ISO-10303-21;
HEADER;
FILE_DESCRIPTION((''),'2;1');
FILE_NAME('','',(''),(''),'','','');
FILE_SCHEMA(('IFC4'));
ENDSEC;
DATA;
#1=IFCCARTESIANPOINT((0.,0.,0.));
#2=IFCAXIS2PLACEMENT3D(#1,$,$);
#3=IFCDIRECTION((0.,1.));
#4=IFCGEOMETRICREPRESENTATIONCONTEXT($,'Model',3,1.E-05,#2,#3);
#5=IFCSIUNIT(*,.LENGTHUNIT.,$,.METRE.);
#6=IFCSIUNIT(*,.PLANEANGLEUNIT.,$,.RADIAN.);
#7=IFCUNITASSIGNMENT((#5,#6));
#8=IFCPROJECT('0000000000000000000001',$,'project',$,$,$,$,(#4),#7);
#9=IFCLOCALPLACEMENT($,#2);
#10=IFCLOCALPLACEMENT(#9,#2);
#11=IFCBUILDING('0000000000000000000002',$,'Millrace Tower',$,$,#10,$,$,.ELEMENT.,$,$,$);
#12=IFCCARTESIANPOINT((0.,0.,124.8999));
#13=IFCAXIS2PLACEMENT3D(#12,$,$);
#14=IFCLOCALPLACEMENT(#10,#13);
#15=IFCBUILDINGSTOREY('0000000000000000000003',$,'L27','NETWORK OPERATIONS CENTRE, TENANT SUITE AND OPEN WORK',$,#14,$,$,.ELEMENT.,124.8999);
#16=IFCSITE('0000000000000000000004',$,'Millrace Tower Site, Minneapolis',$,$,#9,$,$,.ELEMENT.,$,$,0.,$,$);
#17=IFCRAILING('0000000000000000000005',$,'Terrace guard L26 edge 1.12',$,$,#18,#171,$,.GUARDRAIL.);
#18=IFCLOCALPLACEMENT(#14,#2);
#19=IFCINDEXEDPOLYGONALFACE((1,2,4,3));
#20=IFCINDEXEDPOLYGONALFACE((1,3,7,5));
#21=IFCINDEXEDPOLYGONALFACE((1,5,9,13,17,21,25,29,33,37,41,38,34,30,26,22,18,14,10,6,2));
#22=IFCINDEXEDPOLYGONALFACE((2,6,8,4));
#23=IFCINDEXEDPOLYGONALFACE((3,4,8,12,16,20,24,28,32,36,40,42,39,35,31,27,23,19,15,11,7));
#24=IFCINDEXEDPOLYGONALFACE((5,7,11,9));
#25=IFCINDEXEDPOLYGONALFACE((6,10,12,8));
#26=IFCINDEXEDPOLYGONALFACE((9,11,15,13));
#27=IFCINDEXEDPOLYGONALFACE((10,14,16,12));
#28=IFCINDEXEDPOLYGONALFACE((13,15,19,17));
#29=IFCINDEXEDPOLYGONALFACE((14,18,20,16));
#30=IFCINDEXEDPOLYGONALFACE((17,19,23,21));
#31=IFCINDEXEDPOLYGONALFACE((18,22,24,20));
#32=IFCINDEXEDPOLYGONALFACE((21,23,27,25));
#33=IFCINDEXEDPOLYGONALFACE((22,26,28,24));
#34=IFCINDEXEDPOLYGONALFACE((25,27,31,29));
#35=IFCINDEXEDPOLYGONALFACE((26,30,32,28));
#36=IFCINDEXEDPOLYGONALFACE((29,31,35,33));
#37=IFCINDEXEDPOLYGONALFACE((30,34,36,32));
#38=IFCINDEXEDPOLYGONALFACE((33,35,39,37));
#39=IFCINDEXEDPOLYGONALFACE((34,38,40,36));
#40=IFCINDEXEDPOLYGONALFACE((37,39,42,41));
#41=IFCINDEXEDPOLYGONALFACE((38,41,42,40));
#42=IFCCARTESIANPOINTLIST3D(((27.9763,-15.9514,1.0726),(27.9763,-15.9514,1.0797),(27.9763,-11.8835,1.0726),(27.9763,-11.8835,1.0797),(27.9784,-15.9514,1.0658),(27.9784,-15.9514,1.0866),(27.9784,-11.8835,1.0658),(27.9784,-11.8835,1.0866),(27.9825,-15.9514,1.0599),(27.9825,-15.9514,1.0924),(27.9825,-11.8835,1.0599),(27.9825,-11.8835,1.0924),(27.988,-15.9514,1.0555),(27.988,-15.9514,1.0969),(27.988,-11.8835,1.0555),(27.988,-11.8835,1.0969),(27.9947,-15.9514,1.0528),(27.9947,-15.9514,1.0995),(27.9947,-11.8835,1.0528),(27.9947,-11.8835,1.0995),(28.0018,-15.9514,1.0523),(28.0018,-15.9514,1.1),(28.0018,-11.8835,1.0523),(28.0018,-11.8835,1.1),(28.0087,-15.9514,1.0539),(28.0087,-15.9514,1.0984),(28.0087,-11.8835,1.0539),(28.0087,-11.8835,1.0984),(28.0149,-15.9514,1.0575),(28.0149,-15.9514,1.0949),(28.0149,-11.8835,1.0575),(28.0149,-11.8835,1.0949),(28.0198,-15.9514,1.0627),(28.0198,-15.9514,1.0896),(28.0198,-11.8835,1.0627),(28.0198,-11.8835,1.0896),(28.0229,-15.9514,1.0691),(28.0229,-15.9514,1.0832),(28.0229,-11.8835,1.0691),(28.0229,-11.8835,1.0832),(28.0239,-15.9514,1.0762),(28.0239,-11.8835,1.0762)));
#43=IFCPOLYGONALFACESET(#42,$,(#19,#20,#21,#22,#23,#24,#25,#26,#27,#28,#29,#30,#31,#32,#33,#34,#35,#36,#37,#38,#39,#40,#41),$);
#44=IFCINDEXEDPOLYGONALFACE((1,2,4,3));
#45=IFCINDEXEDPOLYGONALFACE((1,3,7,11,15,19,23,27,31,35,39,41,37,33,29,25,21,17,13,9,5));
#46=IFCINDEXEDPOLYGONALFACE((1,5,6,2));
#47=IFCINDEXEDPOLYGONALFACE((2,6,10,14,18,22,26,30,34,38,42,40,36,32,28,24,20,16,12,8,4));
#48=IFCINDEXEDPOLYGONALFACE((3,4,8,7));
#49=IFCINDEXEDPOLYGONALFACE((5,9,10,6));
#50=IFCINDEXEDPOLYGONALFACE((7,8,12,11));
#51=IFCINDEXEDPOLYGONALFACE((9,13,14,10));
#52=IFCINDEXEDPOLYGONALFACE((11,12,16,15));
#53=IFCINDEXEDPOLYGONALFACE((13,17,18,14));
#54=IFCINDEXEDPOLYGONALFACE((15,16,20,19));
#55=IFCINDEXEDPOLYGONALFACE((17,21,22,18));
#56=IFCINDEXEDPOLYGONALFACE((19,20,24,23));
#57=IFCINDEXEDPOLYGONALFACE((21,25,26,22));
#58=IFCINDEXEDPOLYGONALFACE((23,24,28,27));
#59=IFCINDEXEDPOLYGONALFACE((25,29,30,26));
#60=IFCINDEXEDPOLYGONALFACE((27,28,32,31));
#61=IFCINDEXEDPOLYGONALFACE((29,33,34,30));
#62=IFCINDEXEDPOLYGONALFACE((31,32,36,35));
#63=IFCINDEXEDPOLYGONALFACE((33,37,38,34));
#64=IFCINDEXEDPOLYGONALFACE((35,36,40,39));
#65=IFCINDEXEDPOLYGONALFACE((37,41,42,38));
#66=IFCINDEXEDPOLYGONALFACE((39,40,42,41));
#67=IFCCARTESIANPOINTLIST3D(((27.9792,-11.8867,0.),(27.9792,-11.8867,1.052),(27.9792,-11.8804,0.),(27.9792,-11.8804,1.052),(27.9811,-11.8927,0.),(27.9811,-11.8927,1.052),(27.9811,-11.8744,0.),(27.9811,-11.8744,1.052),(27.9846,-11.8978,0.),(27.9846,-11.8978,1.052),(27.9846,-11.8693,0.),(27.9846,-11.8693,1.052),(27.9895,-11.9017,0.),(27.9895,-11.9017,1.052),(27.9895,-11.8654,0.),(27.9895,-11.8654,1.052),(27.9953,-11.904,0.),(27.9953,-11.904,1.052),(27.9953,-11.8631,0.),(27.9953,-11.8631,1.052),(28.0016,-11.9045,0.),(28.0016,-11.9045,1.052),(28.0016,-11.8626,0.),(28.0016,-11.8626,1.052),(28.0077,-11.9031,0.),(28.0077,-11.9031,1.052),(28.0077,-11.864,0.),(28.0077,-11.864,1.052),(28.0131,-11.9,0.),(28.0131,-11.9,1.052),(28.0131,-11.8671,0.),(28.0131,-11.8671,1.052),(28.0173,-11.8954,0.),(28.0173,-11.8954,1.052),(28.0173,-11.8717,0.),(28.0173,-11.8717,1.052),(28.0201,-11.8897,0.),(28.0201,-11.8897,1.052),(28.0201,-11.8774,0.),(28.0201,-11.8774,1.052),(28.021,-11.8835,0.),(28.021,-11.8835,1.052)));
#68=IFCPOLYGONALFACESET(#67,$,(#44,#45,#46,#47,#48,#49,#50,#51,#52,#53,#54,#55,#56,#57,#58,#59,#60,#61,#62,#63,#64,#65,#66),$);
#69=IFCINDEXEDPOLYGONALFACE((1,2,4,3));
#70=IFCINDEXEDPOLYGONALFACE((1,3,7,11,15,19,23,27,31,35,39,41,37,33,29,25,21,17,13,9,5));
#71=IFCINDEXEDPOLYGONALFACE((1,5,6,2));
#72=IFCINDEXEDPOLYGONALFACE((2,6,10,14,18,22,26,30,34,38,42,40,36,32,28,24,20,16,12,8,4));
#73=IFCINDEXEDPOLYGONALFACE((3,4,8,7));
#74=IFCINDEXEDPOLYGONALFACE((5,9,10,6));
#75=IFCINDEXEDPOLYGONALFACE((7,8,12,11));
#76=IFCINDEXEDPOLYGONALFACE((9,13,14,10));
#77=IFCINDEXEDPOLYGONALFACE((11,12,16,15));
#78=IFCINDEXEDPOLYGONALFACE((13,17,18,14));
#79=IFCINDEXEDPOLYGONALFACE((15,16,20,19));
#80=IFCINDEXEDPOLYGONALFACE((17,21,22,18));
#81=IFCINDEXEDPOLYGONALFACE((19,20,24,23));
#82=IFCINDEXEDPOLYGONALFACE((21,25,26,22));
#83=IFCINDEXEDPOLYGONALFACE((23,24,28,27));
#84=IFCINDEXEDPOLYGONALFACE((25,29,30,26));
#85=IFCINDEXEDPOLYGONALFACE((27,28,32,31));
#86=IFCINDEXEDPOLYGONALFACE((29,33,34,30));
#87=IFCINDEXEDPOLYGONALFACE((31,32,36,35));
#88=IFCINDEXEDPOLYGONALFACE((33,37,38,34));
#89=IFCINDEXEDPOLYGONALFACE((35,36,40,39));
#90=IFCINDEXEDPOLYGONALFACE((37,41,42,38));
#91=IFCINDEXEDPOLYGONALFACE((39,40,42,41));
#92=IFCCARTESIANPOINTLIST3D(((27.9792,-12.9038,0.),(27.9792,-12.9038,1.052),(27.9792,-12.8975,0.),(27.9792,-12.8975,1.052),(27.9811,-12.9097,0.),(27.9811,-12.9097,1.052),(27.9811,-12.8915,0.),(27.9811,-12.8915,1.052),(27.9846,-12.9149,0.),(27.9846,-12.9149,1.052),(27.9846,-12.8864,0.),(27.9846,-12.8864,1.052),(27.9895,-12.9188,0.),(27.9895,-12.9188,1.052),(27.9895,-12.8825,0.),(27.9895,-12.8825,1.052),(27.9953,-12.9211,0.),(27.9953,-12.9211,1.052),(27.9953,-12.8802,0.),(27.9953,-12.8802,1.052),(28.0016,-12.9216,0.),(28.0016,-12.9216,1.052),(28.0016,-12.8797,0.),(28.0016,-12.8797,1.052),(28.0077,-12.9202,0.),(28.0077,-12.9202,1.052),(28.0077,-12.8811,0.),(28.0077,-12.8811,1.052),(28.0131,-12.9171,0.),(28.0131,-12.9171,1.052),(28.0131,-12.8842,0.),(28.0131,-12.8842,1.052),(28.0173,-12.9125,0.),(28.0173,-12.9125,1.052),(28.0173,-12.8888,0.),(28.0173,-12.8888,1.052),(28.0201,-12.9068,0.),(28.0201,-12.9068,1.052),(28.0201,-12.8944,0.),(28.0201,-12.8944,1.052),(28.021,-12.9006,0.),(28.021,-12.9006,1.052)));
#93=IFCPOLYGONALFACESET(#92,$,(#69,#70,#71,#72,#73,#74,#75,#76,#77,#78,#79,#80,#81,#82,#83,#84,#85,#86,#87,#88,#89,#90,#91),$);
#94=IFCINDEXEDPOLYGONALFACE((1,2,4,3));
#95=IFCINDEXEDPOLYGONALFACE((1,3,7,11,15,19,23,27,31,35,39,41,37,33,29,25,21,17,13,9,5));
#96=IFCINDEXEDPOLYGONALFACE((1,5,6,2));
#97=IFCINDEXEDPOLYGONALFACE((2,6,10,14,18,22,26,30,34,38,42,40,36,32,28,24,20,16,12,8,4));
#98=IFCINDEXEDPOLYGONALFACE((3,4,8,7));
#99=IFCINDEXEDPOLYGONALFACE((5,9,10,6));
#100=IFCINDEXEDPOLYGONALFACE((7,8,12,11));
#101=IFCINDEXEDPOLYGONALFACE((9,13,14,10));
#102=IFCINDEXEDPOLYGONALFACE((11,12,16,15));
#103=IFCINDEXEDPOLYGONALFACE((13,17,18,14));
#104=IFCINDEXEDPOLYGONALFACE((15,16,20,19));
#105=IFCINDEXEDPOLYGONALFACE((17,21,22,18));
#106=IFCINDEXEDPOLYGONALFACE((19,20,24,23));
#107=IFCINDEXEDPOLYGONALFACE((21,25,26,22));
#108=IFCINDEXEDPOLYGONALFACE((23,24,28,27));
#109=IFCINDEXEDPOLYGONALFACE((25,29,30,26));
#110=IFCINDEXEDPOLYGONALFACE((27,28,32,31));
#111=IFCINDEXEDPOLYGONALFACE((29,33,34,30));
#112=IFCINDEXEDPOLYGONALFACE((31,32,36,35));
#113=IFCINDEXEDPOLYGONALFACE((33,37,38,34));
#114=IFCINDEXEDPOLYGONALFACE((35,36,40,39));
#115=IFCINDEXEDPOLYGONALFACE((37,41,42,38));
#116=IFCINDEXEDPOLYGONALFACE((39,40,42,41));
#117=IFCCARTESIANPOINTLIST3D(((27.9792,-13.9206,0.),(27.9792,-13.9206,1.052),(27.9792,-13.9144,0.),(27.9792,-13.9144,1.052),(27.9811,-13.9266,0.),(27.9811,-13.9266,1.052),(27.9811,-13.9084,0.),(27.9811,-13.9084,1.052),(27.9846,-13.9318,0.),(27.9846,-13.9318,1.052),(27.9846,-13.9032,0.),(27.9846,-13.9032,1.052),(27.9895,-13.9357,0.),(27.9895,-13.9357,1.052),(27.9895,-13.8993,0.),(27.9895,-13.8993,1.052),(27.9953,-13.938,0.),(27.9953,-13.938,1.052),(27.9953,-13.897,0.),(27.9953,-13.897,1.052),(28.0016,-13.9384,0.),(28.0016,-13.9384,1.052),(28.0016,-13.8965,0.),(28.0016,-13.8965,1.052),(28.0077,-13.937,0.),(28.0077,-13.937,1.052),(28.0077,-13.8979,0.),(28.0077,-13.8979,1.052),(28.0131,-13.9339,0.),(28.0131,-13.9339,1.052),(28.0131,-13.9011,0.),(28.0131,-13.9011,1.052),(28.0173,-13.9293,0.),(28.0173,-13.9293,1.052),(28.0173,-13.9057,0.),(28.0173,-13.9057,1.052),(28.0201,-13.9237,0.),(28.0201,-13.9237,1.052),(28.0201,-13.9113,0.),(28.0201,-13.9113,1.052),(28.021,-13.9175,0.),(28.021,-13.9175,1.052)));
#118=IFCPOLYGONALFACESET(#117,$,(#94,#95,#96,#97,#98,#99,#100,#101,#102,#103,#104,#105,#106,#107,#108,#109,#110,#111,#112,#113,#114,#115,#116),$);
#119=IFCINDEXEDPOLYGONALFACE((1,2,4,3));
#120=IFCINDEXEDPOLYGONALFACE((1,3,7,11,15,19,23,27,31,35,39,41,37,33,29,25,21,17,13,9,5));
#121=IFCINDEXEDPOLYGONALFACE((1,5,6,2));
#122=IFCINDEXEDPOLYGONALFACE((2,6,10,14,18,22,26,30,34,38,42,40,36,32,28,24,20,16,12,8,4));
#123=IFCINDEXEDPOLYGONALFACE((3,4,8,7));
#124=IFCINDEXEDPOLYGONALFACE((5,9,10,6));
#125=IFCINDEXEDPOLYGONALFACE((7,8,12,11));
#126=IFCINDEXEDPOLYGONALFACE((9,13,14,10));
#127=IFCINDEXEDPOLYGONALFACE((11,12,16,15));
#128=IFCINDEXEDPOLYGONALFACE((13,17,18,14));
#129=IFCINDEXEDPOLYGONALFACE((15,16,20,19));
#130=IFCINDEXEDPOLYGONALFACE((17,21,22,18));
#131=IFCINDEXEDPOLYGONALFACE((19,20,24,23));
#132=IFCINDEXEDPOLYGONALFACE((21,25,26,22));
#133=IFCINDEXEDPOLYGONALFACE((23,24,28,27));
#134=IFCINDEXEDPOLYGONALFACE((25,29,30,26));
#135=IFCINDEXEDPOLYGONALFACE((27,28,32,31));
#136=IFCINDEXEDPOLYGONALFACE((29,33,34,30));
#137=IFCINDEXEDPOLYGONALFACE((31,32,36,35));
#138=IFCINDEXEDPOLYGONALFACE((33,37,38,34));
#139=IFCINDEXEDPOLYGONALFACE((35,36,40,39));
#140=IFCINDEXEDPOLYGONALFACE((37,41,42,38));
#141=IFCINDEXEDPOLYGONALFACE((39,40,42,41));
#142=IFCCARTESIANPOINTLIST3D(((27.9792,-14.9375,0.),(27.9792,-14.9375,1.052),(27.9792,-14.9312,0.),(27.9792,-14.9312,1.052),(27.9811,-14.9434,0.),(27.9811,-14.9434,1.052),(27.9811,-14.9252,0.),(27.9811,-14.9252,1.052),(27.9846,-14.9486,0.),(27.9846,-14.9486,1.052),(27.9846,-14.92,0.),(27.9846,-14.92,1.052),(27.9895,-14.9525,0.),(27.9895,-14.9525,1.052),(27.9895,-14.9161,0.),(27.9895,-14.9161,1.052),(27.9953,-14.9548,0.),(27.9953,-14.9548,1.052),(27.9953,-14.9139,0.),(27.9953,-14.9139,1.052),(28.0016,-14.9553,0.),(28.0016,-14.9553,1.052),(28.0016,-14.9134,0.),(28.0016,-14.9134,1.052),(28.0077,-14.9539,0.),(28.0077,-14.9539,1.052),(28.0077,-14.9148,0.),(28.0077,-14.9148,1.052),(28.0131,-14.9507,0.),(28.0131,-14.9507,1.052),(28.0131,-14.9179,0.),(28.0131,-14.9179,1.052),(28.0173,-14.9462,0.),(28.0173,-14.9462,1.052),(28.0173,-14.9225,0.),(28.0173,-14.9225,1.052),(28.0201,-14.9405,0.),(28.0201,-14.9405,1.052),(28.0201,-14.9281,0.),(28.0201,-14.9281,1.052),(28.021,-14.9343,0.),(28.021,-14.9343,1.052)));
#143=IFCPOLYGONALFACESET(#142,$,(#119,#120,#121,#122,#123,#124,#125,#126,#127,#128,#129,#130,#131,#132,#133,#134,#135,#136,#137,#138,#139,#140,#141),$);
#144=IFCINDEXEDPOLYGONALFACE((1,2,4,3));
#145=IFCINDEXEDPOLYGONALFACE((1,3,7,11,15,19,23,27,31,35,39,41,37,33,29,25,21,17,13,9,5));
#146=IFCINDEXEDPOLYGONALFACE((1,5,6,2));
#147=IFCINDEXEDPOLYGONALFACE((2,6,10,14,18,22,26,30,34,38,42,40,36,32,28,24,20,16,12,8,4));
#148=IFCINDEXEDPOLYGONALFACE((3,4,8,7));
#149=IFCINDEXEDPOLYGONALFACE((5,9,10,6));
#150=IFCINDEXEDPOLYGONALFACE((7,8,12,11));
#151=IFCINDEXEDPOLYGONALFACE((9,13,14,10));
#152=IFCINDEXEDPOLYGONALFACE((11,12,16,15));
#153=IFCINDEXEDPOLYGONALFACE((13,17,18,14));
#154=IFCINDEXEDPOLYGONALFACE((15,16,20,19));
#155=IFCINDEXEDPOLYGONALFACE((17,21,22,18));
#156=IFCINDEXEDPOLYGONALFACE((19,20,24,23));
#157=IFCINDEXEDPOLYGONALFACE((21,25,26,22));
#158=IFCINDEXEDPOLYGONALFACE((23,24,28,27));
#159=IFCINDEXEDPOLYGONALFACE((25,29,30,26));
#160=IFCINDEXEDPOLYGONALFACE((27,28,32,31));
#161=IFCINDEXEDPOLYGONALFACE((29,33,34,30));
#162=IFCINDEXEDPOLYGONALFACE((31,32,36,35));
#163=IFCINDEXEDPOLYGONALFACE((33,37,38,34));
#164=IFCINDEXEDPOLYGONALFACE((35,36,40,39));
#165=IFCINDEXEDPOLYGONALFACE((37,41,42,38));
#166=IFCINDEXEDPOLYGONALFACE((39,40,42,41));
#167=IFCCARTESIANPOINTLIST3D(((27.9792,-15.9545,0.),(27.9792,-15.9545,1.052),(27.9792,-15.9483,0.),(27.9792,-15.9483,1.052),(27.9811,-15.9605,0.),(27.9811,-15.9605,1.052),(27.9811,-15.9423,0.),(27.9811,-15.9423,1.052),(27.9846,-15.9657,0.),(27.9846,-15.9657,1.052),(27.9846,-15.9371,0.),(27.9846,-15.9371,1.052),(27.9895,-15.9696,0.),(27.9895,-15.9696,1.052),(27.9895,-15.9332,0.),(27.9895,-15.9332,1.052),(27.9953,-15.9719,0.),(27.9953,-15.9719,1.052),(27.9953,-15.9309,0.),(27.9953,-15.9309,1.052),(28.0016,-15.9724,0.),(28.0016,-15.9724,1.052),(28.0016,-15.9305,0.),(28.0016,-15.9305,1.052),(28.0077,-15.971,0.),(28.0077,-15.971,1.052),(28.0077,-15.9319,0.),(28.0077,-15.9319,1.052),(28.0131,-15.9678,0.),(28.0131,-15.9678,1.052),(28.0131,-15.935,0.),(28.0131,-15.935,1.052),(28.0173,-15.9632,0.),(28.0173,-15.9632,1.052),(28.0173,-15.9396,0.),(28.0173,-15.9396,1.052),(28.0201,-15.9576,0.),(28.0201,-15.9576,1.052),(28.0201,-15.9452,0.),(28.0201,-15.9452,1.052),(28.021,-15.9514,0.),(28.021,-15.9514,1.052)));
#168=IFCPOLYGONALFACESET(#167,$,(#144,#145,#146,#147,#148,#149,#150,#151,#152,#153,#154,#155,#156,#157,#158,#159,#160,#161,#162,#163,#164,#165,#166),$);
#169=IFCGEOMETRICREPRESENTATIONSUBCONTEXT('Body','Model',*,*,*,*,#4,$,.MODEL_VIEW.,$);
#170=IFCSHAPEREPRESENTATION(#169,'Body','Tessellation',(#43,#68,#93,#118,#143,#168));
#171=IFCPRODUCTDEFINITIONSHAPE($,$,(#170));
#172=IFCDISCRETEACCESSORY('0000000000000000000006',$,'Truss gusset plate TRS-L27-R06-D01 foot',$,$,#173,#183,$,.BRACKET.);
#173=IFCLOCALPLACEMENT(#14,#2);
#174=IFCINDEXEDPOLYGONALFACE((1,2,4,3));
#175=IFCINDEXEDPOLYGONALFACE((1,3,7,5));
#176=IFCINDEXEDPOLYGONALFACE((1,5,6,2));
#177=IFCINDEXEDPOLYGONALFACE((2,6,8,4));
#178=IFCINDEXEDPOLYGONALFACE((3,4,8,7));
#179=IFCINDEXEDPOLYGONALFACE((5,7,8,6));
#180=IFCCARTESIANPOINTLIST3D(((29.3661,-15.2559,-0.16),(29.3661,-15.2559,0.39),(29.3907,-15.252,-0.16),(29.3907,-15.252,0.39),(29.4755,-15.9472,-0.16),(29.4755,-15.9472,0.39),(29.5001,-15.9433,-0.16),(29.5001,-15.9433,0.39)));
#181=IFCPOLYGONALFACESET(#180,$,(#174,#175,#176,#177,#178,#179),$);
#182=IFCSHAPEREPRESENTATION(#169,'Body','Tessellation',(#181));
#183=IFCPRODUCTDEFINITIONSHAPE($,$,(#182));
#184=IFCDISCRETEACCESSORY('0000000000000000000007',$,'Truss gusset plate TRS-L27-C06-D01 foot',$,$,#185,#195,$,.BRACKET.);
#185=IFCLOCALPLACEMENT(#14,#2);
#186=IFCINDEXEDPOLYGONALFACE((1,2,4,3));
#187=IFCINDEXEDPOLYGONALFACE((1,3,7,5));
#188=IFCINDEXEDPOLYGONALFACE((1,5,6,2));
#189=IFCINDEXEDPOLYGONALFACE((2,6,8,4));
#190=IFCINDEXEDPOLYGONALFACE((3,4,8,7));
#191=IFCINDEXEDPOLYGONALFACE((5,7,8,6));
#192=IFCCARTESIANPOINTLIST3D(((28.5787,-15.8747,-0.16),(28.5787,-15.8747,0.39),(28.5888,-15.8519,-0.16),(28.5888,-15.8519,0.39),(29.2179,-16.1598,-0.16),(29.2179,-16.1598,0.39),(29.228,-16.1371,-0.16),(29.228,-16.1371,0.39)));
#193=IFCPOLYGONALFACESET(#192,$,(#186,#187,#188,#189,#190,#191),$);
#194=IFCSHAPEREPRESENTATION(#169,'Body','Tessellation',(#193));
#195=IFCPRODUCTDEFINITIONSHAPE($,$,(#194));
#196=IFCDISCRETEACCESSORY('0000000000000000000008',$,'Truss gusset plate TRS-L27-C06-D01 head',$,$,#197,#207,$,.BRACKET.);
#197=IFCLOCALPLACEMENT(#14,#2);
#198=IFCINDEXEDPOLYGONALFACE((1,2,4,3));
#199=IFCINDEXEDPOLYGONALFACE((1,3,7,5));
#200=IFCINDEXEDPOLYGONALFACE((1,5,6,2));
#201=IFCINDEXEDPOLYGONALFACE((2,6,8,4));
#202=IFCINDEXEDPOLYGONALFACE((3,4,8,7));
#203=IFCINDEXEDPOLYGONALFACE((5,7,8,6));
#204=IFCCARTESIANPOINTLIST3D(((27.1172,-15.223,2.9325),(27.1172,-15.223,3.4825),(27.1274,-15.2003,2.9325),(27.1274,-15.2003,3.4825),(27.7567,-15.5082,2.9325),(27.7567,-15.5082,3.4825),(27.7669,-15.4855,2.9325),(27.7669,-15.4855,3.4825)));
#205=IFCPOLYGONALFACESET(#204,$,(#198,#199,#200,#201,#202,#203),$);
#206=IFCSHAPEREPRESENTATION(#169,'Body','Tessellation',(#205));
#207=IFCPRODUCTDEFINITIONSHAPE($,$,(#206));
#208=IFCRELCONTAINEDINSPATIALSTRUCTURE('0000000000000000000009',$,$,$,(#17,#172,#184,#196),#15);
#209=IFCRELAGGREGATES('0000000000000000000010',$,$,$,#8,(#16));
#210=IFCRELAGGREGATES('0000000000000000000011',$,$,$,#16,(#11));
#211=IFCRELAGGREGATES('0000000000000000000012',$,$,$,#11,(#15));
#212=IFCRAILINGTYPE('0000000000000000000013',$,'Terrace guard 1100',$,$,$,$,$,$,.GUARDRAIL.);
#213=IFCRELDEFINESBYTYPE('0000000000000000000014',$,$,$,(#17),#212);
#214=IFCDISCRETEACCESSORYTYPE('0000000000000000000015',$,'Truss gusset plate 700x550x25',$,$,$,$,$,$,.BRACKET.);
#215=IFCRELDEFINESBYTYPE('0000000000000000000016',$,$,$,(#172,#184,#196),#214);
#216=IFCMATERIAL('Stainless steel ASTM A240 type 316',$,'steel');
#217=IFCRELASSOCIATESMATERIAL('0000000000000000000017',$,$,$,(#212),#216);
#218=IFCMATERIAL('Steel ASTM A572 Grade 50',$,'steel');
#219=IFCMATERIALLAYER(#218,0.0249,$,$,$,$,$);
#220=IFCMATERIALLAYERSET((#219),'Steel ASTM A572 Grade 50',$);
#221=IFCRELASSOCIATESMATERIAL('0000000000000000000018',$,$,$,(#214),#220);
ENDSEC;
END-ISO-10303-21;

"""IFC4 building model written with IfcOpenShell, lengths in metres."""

from ifc_helpers import new_model, si_unit, direction, frame, origin, origin_2d, place, context, subcontext, project, spatial, rectangle, circle, extrude, material, layer, layer_set, type_object, element, save


model = new_model("IFC4")

# Units and contexts
model_context = context("Model", 3, precision=1e-05, world=origin(), true_north=direction((0.0, 1.0)))
body_context = subcontext(model_context, "Body", "Model", "MODEL_VIEW")
ifc_project = project(units=[si_unit("LENGTHUNIT", "METRE"), si_unit("PLANEANGLEUNIT", "RADIAN")], contexts=[model_context])

# Site, building, storey
site_placement = place(None, origin())
site = spatial("IfcSite", under=ifc_project, at=site_placement, Name="Millrace Tower Site, Minneapolis", CompositionType="ELEMENT", RefElevation=0.0)
building_placement = place(site_placement, origin())
building = spatial("IfcBuilding", under=site, at=building_placement, Name="Millrace Tower", CompositionType="ELEMENT")
storey_placement = place(building_placement, frame((0.0, 0.0, 124.8999)))
storey = spatial("IfcBuildingStorey", under=building, at=storey_placement, Name="L27", Description="NETWORK OPERATIONS CENTRE, TENANT SUITE AND OPEN WORK", CompositionType="ELEMENT", Elevation=124.8999)

# Railing
ifc_material_1 = material(Name="Stainless steel ASTM A240 type 316", Category="steel")
railing_type = type_object("IfcRailingType", Name="Terrace guard 1100", PredefinedType="GUARDRAIL", material=ifc_material_1)
railing_placement = place(storey_placement, frame((28.0, -11.8835, 0.0)))
element("IfcRailing", 1, at=railing_placement, inside=storey, type_object=railing_type, Name="Terrace guard L26 edge 1.12", PredefinedType="GUARDRAIL", context=body_context, shape_type="SweptSolid", body=[
    extrude(circle(Radius=0.0239, at=origin_2d()), frame((0.0, 0.0, 1.0762), z_axis=(0.0, -1.0, 0.0), x_axis=(1.0, 0.0, 0.0)), (0.0, 0.0, 1.0), 4.0679),
    extrude(circle(Radius=0.021, at=origin_2d()), origin(), (0.0, 0.0, 1.0), 1.052),
    extrude(circle(Radius=0.021, at=origin_2d()), frame((0.0, -1.0171, 0.0)), (0.0, 0.0, 1.0), 1.052),
    extrude(circle(Radius=0.021, at=origin_2d()), frame((0.0, -2.0339, 0.0)), (0.0, 0.0, 1.0), 1.052),
    extrude(circle(Radius=0.021, at=origin_2d()), frame((0.0, -3.0508, 0.0)), (0.0, 0.0, 1.0), 1.052),
    extrude(circle(Radius=0.021, at=origin_2d()), frame((0.0, -4.0679, 0.0)), (0.0, 0.0, 1.0), 1.052),
])

# Discrete accessories
ifc_material_2 = material(Name="Steel ASTM A572 Grade 50", Category="steel")
ifc_layer_1 = layer(ifc_material_2, 0.0249)
ifc_layer_set_1 = layer_set([ifc_layer_1], Name="Steel ASTM A572 Grade 50")
discrete_accessory_type = type_object("IfcDiscreteAccessoryType", Name="Truss gusset plate 700x550x25", PredefinedType="BRACKET", material=ifc_layer_set_1)
for number, where, z_axis, x_axis, name in (
    (2, (29.3784, -15.2539, 0.115), (0.156249, -0.987718, 0.0), (0.987718, 0.156249, 0.0), "Truss gusset plate TRS-L27-R06-D01 foot"),
    (3, (28.5837, -15.8633, 0.115), (0.913235, -0.407433, 0.0), (0.407433, 0.913235, 0.0), "Truss gusset plate TRS-L27-C06-D01 foot"),
):
    element("IfcDiscreteAccessory", number, at=place(storey_placement, frame(where, z_axis=z_axis, x_axis=x_axis)), inside=storey, type_object=discrete_accessory_type, Name=name, PredefinedType="BRACKET", context=body_context, shape_type="SweptSolid", body=[
        extrude(rectangle(XDim=0.0249, YDim=0.55, at=origin_2d()), origin(), (0.0, 0.0, 1.0), 0.7),
    ])
discrete_accessory_placement = place(storey_placement, frame((27.1223, -15.2117, 3.2075), z_axis=(0.913293, -0.407303, 0.0), x_axis=(0.407303, 0.913293, 0.0)))
element("IfcDiscreteAccessory", 4, at=discrete_accessory_placement, inside=storey, type_object=discrete_accessory_type, Name="Truss gusset plate TRS-L27-C06-D01 head", PredefinedType="BRACKET", context=body_context, shape_type="SweptSolid", body=[
    extrude(rectangle(XDim=0.0249, YDim=0.55, at=origin_2d()), origin(), (0.0, 0.0, 1.0), 0.7002),
])

save(model, "model.ifc")
